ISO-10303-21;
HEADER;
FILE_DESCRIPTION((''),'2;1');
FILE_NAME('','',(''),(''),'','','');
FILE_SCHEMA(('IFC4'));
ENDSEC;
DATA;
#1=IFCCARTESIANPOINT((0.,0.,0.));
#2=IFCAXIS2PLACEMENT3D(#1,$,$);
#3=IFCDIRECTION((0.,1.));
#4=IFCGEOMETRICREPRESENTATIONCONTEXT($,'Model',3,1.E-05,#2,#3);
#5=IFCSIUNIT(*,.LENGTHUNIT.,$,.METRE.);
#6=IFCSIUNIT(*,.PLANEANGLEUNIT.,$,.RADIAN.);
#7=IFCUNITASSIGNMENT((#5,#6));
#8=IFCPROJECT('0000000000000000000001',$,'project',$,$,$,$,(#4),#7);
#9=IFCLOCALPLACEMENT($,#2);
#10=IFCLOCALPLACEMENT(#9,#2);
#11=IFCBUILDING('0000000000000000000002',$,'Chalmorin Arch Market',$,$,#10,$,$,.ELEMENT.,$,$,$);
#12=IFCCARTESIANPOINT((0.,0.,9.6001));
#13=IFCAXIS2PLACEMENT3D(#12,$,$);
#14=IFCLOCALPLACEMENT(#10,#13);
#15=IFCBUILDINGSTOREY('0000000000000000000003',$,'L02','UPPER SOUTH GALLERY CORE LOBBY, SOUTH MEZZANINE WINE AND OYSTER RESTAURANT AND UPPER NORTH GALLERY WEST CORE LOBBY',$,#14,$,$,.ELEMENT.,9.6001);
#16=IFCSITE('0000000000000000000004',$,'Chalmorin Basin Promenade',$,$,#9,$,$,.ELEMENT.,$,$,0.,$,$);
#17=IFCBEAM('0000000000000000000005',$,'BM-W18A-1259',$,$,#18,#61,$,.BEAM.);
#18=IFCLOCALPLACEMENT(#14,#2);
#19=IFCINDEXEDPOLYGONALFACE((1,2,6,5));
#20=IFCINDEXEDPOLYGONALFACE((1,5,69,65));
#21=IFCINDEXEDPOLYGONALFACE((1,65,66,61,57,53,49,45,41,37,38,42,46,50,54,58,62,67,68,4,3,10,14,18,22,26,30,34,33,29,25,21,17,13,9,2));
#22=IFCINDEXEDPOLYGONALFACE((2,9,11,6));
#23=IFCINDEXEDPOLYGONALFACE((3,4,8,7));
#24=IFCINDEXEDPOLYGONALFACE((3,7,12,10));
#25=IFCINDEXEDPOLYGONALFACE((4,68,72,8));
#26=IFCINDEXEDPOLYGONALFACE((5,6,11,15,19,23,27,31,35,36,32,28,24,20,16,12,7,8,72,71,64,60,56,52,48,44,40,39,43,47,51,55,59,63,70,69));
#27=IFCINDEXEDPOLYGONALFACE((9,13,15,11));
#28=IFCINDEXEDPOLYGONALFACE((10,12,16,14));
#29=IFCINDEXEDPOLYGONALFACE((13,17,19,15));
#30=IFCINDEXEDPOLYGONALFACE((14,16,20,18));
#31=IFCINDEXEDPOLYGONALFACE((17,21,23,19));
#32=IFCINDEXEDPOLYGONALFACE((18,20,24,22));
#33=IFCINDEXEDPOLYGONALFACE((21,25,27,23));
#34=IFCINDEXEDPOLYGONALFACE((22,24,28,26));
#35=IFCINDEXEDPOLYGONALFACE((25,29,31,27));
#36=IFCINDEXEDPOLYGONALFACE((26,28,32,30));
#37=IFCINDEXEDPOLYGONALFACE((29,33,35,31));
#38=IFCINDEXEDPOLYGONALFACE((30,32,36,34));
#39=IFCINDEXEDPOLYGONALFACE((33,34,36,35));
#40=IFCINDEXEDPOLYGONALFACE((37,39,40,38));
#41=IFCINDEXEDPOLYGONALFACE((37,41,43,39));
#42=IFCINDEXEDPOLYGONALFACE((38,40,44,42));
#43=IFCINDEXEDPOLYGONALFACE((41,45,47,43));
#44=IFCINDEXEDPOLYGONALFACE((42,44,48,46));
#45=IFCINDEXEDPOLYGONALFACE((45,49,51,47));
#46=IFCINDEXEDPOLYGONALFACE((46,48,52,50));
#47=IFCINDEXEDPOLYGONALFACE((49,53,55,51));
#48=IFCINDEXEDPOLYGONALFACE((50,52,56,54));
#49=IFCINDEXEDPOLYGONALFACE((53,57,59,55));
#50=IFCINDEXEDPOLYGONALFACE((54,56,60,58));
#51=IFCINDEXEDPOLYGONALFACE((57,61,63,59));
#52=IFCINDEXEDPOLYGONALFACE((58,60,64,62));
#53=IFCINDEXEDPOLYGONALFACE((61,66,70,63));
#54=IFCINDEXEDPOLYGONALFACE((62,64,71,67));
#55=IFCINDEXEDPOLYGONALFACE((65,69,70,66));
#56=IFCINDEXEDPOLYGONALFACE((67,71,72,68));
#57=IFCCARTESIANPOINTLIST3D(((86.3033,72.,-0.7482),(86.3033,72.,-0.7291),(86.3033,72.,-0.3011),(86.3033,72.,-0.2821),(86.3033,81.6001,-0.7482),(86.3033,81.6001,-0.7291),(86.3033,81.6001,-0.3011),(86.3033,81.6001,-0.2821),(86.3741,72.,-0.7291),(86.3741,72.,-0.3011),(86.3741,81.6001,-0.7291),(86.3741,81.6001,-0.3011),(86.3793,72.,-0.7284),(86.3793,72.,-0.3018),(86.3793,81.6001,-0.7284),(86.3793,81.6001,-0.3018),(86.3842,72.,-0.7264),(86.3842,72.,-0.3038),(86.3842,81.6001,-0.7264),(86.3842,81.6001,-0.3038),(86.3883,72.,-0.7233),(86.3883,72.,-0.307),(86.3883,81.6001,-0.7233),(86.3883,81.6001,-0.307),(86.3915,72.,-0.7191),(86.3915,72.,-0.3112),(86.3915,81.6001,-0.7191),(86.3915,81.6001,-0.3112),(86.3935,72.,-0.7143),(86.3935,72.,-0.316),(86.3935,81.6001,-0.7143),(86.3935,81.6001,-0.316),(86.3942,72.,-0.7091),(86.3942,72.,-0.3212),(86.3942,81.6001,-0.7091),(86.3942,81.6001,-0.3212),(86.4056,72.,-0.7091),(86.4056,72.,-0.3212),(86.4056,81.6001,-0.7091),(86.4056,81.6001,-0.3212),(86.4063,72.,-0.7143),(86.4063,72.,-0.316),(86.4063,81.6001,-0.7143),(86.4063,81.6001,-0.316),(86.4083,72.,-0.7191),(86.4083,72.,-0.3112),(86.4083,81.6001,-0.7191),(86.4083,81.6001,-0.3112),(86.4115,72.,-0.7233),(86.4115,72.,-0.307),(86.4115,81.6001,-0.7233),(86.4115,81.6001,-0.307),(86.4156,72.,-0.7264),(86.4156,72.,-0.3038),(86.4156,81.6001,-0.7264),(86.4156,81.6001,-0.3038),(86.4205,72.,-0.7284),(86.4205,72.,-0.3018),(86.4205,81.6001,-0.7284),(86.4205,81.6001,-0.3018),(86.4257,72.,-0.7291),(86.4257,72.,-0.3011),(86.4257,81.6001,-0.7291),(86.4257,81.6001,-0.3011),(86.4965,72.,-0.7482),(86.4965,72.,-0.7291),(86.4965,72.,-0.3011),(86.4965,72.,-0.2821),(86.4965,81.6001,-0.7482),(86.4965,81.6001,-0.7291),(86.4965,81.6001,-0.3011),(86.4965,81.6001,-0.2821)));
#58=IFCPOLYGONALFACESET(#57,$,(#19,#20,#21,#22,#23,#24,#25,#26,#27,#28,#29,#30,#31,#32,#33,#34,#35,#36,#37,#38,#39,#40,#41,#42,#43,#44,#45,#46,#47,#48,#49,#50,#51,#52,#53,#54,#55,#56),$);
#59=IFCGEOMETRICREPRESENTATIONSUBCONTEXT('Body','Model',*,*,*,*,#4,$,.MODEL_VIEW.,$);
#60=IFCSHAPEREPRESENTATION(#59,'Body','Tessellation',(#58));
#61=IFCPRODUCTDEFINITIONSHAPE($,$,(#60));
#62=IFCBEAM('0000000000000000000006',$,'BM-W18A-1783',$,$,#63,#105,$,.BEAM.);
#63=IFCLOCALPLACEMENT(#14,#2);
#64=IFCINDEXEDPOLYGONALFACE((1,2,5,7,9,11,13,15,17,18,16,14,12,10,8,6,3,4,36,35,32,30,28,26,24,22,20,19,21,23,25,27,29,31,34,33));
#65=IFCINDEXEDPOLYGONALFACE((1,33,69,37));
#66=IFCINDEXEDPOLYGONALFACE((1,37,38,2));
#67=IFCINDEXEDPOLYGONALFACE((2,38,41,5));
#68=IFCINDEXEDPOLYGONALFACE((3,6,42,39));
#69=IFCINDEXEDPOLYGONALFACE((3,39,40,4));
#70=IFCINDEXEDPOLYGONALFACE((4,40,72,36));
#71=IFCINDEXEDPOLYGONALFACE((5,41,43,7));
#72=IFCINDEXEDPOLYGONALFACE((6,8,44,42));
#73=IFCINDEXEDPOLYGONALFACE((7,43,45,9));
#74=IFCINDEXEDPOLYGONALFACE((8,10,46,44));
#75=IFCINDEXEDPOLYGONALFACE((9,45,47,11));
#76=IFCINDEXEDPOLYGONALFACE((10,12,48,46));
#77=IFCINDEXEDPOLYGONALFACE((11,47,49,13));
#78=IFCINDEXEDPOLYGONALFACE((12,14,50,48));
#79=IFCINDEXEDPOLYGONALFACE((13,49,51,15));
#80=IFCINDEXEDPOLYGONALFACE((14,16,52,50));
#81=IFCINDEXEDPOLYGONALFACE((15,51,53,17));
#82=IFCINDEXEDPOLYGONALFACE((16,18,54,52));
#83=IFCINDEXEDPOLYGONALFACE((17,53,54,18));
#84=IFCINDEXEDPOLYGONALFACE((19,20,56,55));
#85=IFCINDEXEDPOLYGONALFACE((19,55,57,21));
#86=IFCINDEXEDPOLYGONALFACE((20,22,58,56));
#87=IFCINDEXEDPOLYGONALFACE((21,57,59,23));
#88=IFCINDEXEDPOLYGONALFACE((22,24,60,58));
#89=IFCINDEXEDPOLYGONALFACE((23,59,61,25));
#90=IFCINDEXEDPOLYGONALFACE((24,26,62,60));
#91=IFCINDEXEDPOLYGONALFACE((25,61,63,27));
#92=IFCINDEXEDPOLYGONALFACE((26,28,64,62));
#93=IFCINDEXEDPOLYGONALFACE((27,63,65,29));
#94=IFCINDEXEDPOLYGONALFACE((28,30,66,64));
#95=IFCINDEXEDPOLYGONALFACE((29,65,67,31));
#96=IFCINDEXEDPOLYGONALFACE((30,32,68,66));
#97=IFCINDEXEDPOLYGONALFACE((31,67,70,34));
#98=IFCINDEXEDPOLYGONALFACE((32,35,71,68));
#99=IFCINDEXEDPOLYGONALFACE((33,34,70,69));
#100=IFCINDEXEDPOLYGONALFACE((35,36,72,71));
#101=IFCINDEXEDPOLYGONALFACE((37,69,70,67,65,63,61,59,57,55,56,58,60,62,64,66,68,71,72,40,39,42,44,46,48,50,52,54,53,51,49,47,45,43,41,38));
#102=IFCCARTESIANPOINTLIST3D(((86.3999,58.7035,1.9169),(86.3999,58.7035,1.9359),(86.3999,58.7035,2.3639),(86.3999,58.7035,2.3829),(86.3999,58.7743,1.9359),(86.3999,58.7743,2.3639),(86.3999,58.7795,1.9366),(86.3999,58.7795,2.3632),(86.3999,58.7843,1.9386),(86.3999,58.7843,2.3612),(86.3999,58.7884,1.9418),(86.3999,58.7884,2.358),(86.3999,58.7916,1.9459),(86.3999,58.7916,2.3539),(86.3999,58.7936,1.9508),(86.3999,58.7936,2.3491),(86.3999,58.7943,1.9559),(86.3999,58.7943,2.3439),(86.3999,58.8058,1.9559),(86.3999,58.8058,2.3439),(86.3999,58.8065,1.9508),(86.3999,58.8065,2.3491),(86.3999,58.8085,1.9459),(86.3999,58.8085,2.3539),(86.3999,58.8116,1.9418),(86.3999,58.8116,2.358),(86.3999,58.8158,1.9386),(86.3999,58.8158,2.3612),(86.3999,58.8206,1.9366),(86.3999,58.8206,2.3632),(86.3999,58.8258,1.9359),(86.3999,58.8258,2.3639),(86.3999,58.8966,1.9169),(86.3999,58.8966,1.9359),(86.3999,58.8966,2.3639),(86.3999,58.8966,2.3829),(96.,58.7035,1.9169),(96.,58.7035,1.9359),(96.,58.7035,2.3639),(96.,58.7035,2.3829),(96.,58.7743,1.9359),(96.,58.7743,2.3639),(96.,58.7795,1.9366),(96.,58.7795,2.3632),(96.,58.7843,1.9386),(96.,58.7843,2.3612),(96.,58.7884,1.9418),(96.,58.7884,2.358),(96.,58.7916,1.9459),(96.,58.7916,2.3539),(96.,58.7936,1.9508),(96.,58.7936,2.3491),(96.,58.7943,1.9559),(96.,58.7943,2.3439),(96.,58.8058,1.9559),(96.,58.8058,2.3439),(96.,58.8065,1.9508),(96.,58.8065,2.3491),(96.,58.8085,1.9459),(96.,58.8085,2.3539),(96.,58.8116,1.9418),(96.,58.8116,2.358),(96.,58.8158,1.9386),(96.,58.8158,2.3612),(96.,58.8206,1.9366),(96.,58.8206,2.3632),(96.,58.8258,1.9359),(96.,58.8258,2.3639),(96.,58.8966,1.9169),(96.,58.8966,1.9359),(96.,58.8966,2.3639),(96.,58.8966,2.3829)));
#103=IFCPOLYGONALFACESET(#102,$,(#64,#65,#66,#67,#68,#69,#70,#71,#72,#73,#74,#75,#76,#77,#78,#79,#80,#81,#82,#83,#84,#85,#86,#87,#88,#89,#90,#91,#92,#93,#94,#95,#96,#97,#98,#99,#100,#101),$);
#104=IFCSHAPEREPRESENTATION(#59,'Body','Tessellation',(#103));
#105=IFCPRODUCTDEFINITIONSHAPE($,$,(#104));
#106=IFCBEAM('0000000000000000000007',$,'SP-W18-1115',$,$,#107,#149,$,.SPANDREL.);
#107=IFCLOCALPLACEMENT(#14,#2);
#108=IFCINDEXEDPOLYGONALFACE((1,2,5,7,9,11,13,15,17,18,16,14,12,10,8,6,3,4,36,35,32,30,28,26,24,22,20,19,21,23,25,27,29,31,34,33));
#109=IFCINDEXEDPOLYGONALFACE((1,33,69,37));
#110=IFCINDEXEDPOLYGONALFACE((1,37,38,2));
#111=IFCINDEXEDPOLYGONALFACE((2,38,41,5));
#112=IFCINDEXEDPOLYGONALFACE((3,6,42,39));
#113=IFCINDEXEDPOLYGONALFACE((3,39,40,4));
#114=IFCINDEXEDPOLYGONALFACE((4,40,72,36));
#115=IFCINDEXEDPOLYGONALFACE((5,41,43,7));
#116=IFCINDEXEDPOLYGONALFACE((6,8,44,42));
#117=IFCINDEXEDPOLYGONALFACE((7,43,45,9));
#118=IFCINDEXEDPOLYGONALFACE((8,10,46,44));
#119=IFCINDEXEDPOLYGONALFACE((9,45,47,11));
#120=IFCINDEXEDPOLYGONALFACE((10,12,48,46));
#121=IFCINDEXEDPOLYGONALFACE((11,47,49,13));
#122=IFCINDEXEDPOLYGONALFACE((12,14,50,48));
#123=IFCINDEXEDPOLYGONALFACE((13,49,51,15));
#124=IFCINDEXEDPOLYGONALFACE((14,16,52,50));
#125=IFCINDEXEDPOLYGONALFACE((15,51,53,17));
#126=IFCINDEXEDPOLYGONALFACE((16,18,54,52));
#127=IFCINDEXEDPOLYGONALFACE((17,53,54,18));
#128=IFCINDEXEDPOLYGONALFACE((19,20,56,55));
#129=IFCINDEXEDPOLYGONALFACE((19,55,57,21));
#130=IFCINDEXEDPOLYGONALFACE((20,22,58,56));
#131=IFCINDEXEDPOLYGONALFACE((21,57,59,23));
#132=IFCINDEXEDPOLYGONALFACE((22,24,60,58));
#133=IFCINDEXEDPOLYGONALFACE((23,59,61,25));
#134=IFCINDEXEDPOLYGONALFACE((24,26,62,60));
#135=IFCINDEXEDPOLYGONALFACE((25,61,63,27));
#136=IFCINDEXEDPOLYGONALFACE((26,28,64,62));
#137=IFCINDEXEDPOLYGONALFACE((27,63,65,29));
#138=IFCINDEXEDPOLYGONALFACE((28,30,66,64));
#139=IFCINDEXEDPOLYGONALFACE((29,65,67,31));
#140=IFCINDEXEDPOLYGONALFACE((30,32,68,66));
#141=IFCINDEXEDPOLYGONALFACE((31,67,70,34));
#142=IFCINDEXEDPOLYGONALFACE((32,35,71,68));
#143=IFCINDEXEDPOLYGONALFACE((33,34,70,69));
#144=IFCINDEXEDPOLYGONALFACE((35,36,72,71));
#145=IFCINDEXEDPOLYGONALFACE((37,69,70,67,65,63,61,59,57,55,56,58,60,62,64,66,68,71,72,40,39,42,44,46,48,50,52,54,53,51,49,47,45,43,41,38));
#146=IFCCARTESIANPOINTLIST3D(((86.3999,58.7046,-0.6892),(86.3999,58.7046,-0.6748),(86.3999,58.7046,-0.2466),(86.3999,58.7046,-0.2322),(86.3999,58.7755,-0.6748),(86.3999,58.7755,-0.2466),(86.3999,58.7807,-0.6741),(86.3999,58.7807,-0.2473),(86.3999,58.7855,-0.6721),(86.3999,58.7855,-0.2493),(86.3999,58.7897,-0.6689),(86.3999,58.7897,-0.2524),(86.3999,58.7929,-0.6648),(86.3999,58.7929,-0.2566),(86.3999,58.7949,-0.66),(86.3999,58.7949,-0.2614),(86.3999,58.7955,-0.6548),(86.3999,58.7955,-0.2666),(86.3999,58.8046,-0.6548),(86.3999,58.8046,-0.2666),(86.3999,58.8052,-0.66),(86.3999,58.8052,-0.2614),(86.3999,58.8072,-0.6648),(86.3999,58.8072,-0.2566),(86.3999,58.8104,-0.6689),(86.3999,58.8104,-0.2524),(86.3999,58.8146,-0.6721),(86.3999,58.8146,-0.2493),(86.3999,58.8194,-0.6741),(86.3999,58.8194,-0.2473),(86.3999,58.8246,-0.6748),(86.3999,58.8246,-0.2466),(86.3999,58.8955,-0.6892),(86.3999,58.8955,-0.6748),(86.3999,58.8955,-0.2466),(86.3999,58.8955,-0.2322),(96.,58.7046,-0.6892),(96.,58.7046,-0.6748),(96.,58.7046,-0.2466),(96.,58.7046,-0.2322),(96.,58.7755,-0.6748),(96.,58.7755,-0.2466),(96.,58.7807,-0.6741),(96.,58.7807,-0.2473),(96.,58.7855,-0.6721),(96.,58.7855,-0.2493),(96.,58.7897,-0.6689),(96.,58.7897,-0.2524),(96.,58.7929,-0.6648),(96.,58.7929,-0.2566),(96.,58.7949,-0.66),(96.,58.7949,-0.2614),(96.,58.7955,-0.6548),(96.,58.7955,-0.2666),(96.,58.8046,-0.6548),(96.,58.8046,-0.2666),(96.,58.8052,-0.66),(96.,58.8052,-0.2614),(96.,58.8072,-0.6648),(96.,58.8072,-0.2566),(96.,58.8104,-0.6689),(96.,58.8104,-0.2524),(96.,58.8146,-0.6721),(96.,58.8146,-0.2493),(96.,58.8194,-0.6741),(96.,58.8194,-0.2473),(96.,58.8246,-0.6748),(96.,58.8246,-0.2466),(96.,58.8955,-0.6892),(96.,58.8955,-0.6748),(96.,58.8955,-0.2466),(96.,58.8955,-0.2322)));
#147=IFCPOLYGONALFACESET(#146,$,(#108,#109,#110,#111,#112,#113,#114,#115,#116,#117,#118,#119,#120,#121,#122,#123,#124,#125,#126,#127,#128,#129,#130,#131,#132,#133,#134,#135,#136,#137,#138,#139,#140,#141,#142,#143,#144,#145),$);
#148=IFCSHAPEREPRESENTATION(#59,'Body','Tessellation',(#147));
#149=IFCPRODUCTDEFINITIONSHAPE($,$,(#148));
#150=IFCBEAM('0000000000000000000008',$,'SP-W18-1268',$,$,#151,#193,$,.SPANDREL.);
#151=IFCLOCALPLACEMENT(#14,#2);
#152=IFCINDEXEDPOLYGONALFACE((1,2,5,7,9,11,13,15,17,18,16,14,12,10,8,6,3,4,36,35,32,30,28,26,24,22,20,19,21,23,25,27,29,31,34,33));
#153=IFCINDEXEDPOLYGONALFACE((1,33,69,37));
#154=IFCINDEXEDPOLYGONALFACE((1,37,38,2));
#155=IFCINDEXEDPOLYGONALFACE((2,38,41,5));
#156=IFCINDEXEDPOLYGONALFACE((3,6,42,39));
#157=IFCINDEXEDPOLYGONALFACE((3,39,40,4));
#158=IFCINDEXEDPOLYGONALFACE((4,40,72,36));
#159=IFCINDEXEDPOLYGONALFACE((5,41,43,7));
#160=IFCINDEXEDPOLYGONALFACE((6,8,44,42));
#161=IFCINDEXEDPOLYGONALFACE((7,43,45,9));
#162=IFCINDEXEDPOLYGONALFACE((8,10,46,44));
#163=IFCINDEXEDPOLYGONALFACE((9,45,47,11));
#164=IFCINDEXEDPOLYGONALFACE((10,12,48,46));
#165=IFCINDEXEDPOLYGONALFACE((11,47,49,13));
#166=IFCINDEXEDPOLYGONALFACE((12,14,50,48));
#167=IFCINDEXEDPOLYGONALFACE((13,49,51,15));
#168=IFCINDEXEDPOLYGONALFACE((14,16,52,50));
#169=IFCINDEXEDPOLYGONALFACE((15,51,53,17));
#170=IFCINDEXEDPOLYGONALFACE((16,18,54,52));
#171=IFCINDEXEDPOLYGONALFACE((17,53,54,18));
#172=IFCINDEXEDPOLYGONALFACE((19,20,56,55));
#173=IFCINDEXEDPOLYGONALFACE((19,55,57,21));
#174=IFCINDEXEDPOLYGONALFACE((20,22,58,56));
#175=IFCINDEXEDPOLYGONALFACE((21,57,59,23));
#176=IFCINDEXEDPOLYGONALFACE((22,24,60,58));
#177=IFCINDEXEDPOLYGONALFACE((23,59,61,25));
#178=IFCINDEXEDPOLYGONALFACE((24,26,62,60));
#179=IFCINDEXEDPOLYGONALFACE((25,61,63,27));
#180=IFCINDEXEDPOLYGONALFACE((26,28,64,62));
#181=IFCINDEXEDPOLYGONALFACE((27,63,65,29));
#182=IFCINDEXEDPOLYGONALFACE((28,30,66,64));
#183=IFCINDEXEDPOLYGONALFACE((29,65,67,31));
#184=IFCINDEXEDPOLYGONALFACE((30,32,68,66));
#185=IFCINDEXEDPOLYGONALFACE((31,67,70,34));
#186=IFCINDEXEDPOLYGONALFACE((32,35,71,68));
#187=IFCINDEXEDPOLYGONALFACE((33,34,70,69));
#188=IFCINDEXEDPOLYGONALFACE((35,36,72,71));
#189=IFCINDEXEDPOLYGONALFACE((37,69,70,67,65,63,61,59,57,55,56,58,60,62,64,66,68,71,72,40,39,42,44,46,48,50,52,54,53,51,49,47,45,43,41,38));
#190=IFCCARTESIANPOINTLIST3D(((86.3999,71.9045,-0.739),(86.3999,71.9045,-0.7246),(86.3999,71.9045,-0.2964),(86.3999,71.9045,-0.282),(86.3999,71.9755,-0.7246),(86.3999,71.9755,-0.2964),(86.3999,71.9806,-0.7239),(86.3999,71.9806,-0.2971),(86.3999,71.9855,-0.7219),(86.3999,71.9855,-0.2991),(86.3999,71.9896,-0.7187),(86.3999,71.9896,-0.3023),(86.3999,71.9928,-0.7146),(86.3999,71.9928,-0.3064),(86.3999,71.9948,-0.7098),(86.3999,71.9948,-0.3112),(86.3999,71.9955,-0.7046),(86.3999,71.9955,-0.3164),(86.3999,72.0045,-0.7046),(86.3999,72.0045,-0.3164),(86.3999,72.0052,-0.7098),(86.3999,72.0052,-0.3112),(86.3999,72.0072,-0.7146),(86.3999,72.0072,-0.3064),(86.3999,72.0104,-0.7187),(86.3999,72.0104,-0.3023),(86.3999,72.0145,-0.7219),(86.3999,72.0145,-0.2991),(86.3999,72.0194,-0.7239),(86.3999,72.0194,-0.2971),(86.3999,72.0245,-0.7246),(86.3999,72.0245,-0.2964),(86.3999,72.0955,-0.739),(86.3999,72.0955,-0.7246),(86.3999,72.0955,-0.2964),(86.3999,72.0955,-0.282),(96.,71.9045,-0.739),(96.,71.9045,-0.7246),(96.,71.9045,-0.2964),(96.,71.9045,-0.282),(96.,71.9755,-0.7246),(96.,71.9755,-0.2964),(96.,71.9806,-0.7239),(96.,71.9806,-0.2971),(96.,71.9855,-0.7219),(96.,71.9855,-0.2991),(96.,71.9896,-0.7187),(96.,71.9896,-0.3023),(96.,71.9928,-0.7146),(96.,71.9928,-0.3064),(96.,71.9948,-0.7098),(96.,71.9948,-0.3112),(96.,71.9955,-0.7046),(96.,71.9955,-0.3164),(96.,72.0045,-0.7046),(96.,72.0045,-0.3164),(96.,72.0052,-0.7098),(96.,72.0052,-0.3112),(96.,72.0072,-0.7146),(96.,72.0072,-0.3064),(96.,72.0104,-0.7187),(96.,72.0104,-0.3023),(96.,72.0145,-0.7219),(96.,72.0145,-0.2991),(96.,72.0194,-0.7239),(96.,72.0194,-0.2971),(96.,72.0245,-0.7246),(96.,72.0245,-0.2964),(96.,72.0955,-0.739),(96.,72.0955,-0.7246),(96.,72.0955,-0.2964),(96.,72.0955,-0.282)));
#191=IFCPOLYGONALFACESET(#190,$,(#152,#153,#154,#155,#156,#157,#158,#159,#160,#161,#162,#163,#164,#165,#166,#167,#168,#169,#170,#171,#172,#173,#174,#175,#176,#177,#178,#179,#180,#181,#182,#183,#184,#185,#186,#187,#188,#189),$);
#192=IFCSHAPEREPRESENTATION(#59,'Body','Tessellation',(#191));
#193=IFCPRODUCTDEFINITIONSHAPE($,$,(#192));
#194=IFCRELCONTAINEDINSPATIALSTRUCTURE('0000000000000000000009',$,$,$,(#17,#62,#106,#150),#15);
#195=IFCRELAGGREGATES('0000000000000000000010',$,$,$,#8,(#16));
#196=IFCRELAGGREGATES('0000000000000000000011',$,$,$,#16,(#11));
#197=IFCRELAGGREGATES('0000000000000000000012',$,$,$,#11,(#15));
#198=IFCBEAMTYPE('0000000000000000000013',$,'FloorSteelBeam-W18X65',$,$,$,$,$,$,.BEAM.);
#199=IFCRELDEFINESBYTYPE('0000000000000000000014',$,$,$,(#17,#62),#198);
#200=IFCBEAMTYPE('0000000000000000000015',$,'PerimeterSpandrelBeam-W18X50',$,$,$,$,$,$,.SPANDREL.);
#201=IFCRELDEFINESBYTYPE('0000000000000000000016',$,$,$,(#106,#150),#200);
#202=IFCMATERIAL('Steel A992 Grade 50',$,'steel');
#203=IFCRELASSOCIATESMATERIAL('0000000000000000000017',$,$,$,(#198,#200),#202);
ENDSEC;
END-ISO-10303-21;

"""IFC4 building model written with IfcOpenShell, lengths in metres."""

from ifc_helpers import new_model, si_unit, direction, frame, origin, origin_2d, place, context, subcontext, project, spatial, i_section, extrude, material, material_profile, profile_set, type_object, element, save


model = new_model("IFC4")

# Units and contexts
model_context = context("Model", 3, precision=1e-05, world=origin(), true_north=direction((0.0, 1.0)))
body_context = subcontext(model_context, "Body", "Model", "MODEL_VIEW")
ifc_project = project(units=[si_unit("LENGTHUNIT", "METRE"), si_unit("PLANEANGLEUNIT", "RADIAN")], contexts=[model_context])

# Site, building, storey
site_placement = place(None, origin())
site = spatial("IfcSite", under=ifc_project, at=site_placement, Name="Chalmorin Basin Promenade", CompositionType="ELEMENT", RefElevation=0.0)
building_placement = place(site_placement, origin())
building = spatial("IfcBuilding", under=site, at=building_placement, Name="Chalmorin Arch Market", CompositionType="ELEMENT")
storey_placement = place(building_placement, frame((0.0, 0.0, 9.6001)))
storey = spatial("IfcBuildingStorey", under=building, at=storey_placement, Name="L02", Description="UPPER SOUTH GALLERY CORE LOBBY, SOUTH MEZZANINE WINE AND OYSTER RESTAURANT AND UPPER NORTH GALLERY WEST CORE LOBBY", CompositionType="ELEMENT", Elevation=9.6001)

# Beams
ifc_material_1 = material(Name="Steel A992 Grade 50", Category="steel")
ifc_material_profile_1 = material_profile(ifc_material_1, i_section(OverallWidth=0.1931, OverallDepth=0.4661, WebThickness=0.0115, FlangeThickness=0.019, FilletRadius=0.02, at=origin_2d()), Name="W18X65")
ifc_profile_set_1 = profile_set([ifc_material_profile_1], Name="Steel A992 Grade 50")
beam_type_1 = type_object("IfcBeamType", Name="FloorSteelBeam-W18X65", PredefinedType="BEAM", material=ifc_profile_set_1)
for number, where, z_axis, x_axis, name in (
    (1, (86.3999, 72.0, -0.5151), (0.0, 1.0, 0.0), (-1.0, 0.0, 0.0), "BM-W18A-1259"),
    (2, (86.3999, 58.8, 2.1499), (1.0, 0.0, 0.0), (0.0, 1.0, 0.0), "BM-W18A-1783"),
):
    element("IfcBeam", number, at=place(storey_placement, frame(where, z_axis=z_axis, x_axis=x_axis)), inside=storey, type_object=beam_type_1, Name=name, PredefinedType="BEAM", context=body_context, shape_type="SweptSolid", body=[
        extrude(i_section(OverallWidth=0.1931, OverallDepth=0.4661, WebThickness=0.0115, FlangeThickness=0.019, FilletRadius=0.02, at=origin_2d()), origin(), (0.0, 0.0, 1.0), 9.6001),
    ])
ifc_material_profile_2 = material_profile(ifc_material_1, i_section(OverallWidth=0.1909, OverallDepth=0.457, WebThickness=0.009, FlangeThickness=0.0144, FilletRadius=0.02, at=origin_2d()), Name="W18X50")
ifc_profile_set_2 = profile_set([ifc_material_profile_2], Name="Steel A992 Grade 50")
beam_type_2 = type_object("IfcBeamType", Name="PerimeterSpandrelBeam-W18X50", PredefinedType="SPANDREL", material=ifc_profile_set_2)
for number, where, z_axis, x_axis, name in (
    (3, (86.3999, 58.8, -0.4607), (1.0, 0.0, 0.0), (0.0, 1.0, 0.0), "SP-W18-1115"),
    (4, (86.3999, 72.0, -0.5105), (1.0, 0.0, 0.0), (0.0, 1.0, 0.0), "SP-W18-1268"),
):
    element("IfcBeam", number, at=place(storey_placement, frame(where, z_axis=z_axis, x_axis=x_axis)), inside=storey, type_object=beam_type_2, Name=name, PredefinedType="SPANDREL", context=body_context, shape_type="SweptSolid", body=[
        extrude(i_section(OverallWidth=0.1909, OverallDepth=0.457, WebThickness=0.009, FlangeThickness=0.0144, FilletRadius=0.02, at=origin_2d()), origin(), (0.0, 0.0, 1.0), 9.6001),
    ])

save(model, "model.ifc")
